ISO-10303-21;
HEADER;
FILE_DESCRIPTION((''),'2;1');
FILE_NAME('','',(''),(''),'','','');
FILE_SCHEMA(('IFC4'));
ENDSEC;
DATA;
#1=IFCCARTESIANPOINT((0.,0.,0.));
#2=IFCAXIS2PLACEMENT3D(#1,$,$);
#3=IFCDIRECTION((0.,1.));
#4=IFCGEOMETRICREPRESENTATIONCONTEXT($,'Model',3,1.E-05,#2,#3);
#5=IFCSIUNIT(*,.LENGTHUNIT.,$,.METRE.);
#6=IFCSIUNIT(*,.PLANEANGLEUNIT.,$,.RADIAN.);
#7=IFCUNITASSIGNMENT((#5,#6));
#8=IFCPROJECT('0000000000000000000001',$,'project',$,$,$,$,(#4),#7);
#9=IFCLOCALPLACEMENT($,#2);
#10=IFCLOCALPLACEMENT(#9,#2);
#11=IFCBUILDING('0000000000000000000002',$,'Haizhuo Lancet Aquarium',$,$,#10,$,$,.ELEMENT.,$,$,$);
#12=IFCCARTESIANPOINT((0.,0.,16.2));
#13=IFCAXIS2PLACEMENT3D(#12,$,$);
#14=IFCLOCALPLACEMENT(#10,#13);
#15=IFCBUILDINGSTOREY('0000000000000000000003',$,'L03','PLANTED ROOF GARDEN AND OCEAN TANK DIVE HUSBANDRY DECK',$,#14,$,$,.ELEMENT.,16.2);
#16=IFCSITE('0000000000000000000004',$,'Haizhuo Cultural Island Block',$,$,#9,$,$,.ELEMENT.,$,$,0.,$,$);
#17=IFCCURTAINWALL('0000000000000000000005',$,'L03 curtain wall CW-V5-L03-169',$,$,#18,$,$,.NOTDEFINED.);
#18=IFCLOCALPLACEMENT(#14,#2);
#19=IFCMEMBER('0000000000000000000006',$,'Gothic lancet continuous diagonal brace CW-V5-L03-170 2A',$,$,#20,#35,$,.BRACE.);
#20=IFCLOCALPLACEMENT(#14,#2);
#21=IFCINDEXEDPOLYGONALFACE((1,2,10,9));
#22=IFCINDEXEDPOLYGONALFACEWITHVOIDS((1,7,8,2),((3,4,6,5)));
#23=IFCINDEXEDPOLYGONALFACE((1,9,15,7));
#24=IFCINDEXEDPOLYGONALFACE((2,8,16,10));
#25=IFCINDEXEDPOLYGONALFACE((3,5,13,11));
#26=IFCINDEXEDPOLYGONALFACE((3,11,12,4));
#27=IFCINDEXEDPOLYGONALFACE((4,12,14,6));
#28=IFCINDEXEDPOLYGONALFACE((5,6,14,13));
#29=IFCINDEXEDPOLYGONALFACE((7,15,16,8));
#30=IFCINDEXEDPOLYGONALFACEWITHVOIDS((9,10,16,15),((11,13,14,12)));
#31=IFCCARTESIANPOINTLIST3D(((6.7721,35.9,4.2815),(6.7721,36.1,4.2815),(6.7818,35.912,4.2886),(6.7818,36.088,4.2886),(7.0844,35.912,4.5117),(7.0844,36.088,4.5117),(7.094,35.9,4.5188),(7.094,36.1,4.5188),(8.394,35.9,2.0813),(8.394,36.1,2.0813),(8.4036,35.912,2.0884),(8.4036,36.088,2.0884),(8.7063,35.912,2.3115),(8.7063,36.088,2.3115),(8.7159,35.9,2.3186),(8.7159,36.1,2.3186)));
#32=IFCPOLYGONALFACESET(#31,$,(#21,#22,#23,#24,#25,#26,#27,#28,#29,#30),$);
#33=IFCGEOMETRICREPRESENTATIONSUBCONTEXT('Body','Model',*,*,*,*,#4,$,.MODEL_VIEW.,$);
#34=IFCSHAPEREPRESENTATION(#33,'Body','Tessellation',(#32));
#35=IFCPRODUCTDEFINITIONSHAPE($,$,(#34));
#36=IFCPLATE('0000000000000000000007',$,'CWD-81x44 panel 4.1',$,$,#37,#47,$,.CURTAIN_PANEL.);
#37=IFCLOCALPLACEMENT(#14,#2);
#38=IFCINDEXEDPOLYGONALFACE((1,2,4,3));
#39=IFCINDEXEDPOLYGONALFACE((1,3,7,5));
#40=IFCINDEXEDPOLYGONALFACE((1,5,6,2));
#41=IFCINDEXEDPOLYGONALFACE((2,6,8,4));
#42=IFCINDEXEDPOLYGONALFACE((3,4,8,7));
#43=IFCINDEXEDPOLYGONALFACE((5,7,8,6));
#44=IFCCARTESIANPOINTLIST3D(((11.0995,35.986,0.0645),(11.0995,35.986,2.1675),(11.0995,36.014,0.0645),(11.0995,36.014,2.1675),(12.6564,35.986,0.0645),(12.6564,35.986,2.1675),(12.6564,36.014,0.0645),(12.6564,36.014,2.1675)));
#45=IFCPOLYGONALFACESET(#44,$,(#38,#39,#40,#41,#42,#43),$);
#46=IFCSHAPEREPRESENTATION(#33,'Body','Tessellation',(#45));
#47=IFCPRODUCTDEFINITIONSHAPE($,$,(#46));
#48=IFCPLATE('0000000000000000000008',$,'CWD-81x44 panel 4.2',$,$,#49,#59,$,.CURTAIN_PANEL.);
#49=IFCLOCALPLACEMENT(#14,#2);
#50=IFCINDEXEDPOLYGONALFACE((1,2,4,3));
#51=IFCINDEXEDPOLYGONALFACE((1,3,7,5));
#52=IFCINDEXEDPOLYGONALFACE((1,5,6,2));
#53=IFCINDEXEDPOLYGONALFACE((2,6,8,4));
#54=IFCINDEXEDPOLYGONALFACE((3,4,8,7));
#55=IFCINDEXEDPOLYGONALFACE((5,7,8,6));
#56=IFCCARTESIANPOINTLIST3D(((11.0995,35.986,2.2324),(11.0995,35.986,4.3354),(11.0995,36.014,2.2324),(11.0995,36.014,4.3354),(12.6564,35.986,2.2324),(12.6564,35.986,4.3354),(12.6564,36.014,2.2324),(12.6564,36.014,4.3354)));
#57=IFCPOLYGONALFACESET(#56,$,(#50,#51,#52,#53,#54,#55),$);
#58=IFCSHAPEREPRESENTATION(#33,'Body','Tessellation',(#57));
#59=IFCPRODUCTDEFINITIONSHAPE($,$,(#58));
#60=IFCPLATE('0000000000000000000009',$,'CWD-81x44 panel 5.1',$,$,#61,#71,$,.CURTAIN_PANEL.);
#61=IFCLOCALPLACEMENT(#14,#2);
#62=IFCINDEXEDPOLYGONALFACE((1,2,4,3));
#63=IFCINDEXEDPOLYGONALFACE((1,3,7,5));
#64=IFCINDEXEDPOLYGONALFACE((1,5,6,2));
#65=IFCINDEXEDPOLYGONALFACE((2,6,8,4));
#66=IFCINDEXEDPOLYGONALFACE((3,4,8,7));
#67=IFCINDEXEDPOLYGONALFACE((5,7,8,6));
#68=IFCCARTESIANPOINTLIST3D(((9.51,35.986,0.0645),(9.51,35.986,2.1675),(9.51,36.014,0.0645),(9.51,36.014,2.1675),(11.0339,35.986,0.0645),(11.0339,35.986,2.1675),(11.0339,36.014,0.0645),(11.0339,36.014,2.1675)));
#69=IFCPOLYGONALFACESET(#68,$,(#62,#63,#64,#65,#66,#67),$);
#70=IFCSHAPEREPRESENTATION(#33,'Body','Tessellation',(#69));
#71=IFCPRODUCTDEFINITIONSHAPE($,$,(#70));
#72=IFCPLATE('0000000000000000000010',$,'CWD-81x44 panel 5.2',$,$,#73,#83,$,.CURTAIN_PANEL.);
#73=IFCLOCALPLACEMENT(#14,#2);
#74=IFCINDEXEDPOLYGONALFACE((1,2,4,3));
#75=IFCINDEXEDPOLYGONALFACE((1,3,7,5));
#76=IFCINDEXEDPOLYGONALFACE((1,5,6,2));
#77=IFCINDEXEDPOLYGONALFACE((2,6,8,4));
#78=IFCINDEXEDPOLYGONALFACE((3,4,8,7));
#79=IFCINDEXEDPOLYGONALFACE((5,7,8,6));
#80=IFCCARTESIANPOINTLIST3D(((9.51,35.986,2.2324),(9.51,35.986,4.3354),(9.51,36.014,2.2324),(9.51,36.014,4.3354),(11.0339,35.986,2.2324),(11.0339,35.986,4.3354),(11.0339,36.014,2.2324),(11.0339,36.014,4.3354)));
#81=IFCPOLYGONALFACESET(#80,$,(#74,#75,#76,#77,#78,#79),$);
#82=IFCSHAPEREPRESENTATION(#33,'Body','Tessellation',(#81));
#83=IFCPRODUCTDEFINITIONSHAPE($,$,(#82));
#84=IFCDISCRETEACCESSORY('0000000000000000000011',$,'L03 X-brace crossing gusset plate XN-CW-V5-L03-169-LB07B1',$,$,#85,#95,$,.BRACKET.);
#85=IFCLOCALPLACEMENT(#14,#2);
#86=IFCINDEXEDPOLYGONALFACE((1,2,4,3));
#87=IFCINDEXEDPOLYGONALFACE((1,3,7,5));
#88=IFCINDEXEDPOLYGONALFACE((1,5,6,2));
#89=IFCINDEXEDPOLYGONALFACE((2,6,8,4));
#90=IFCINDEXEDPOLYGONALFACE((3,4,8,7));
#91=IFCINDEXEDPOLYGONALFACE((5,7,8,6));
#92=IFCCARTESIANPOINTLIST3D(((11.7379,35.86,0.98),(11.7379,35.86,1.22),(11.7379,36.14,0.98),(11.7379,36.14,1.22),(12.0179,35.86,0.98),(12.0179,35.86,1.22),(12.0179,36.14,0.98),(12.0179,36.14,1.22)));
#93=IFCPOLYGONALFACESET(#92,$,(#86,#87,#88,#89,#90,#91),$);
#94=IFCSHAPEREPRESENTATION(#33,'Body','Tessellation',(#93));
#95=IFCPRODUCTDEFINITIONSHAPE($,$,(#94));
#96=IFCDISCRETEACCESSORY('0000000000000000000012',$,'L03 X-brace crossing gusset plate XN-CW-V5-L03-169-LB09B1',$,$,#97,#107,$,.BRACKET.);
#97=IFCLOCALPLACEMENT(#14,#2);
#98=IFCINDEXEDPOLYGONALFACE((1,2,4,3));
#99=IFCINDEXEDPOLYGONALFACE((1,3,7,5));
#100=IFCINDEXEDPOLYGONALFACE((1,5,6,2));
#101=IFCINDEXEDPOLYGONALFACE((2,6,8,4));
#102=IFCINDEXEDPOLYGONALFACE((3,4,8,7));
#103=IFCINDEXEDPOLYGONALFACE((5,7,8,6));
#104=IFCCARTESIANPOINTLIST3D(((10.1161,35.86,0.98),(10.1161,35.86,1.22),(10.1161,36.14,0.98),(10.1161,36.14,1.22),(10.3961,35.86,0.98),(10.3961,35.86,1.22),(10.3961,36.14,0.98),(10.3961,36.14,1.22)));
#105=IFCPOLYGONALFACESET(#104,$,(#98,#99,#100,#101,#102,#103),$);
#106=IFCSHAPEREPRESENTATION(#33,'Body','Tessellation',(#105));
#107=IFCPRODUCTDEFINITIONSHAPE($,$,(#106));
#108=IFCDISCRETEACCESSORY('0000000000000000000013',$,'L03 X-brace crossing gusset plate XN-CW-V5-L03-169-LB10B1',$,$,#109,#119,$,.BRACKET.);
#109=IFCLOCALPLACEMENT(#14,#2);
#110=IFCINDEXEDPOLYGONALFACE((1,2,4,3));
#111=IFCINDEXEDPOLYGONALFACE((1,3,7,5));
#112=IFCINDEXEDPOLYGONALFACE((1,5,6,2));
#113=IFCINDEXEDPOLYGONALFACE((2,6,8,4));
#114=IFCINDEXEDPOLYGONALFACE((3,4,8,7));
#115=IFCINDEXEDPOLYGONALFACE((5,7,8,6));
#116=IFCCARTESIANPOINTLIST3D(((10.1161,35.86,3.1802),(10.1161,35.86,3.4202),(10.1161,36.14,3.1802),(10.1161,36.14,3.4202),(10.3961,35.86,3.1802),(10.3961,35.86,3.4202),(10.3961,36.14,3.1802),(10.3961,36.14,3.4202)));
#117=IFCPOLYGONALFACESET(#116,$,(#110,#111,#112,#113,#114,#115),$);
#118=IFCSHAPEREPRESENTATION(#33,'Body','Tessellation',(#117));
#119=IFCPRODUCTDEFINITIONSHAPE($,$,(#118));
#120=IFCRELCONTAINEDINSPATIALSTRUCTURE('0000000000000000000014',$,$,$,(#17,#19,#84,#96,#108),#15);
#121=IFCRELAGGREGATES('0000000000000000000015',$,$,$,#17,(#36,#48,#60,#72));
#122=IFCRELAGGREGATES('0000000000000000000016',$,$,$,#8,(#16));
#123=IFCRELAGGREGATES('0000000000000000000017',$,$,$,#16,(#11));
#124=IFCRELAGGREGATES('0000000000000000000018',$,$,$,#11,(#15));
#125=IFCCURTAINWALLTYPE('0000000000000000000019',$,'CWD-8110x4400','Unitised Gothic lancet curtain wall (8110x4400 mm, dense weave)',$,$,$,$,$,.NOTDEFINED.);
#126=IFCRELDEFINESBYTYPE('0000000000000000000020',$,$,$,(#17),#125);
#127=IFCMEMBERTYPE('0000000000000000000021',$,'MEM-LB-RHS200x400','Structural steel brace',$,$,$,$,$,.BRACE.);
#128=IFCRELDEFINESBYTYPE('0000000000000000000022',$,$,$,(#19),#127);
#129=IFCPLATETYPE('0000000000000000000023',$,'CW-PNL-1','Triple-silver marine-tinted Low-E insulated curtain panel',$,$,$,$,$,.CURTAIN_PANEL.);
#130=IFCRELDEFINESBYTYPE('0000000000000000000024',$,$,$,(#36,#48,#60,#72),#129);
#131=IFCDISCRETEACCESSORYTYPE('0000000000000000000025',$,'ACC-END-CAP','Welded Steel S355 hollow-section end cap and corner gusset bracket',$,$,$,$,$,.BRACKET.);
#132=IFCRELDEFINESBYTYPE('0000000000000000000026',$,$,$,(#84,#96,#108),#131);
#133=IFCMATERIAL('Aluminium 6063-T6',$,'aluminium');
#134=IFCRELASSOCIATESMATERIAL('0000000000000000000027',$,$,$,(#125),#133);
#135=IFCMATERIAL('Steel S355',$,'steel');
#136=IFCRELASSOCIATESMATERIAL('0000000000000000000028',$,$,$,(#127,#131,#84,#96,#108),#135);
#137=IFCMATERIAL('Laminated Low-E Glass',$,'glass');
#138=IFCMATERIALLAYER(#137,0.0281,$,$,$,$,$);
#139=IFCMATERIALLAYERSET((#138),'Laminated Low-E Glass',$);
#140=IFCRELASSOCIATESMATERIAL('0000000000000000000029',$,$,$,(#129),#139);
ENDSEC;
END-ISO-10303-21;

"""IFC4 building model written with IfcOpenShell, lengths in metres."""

from ifc_helpers import new_model, si_unit, direction, frame, origin, origin_2d, place, context, subcontext, project, spatial, rectangle, hollow_rectangle, extrude, material, layer, layer_set, material_profile, profile_set, type_object, element, aggregate, save


model = new_model("IFC4")

# Units and contexts
model_context = context("Model", 3, precision=1e-05, world=origin(), true_north=direction((0.0, 1.0)))
body_context = subcontext(model_context, "Body", "Model", "MODEL_VIEW")
ifc_project = project(units=[si_unit("LENGTHUNIT", "METRE"), si_unit("PLANEANGLEUNIT", "RADIAN")], contexts=[model_context])

# Site, building, storey
site_placement = place(None, origin())
site = spatial("IfcSite", under=ifc_project, at=site_placement, Name="Haizhuo Cultural Island Block", CompositionType="ELEMENT", RefElevation=0.0)
building_placement = place(site_placement, origin())
building = spatial("IfcBuilding", under=site, at=building_placement, Name="Haizhuo Lancet Aquarium", CompositionType="ELEMENT")
storey_placement = place(building_placement, frame((0.0, 0.0, 16.2)))
storey = spatial("IfcBuildingStorey", under=building, at=storey_placement, Name="L03", Description="PLANTED ROOF GARDEN AND OCEAN TANK DIVE HUSBANDRY DECK", CompositionType="ELEMENT", Elevation=16.2)

# Curtain wall
ifc_material_1 = material(Name="Aluminium 6063-T6", Category="aluminium")
curtain_wall_type = type_object("IfcCurtainWallType", Name="CWD-8110x4400", Description="Unitised Gothic lancet curtain wall (8110x4400 mm, dense weave)", PredefinedType="NOTDEFINED", material=ifc_material_1)
curtain_wall_1_placement = place(storey_placement, origin())
curtain_wall_1 = element("IfcCurtainWall", 1, at=curtain_wall_1_placement, inside=storey, type_object=curtain_wall_type, Name="L03 curtain wall CW-V5-L03-169", PredefinedType="NOTDEFINED")

# Member
ifc_material_2 = material(Name="Steel S355", Category="steel")
ifc_material_profile_1 = material_profile(ifc_material_2, hollow_rectangle(XDim=0.2, YDim=0.3999, WallThickness=0.012, at=origin_2d()), Name="RHS 200x400x12")
ifc_profile_set_1 = profile_set([ifc_material_profile_1], Name="Steel S355")
member_type_1 = type_object("IfcMemberType", Name="MEM-LB-RHS200x400", Description="Structural steel brace", PredefinedType="BRACE", material=ifc_profile_set_1)
member_1_placement = place(storey_placement, frame((8.5549, 36.0, 2.2), z_axis=(-0.593348, 0.0, 0.804946), x_axis=(0.0, -1.0, 0.0)))
element("IfcMember", 2, at=member_1_placement, inside=storey, type_object=member_type_1, Name="Gothic lancet continuous diagonal brace CW-V5-L03-170 2A", PredefinedType="BRACE", context=body_context, shape_type="SweptSolid", body=[
    extrude(hollow_rectangle(XDim=0.2, YDim=0.3999, WallThickness=0.012, at=origin_2d()), origin(), (0.0, 0.0, 1.0), 2.7334),
])

# Plates
ifc_material_3 = material(Name="Laminated Low-E Glass", Category="glass")
ifc_layer = layer(ifc_material_3, 0.0281)
ifc_layer_set = layer_set([ifc_layer], Name="Laminated Low-E Glass")
plate_type = type_object("IfcPlateType", Name="CW-PNL-1", Description="Triple-silver marine-tinted Low-E insulated curtain panel", PredefinedType="CURTAIN_PANEL", material=ifc_layer_set)
plate_1_placement = place(storey_placement, frame((11.8779, 36.0, 0.0645), z_axis=(0.0, 0.0, 1.0), x_axis=(-1.0, 0.0, 0.0)))
plate_1 = element("IfcPlate", 3, at=plate_1_placement, type_object=plate_type, Name="CWD-81x44 panel 4.1", PredefinedType="CURTAIN_PANEL", context=body_context, shape_type="SweptSolid", body=[
    extrude(rectangle(XDim=1.5569, YDim=0.0281, at=origin_2d()), origin(), (0.0, 0.0, 1.0), 2.103),
])
plate_2_placement = place(storey_placement, frame((11.8779, 36.0, 2.2324), z_axis=(0.0, 0.0, 1.0), x_axis=(-1.0, 0.0, 0.0)))
plate_2 = element("IfcPlate", 4, at=plate_2_placement, type_object=plate_type, Name="CWD-81x44 panel 4.2", PredefinedType="CURTAIN_PANEL", context=body_context, shape_type="SweptSolid", body=[
    extrude(rectangle(XDim=1.5569, YDim=0.0281, at=origin_2d()), origin(), (0.0, 0.0, 1.0), 2.103),
])
plate_3_placement = place(storey_placement, frame((10.272, 36.0, 0.0645), z_axis=(0.0, 0.0, 1.0), x_axis=(-1.0, 0.0, 0.0)))
plate_3 = element("IfcPlate", 5, at=plate_3_placement, type_object=plate_type, Name="CWD-81x44 panel 5.1", PredefinedType="CURTAIN_PANEL", context=body_context, shape_type="SweptSolid", body=[
    extrude(rectangle(XDim=1.5239, YDim=0.0281, at=origin_2d()), origin(), (0.0, 0.0, 1.0), 2.103),
])
plate_4_placement = place(storey_placement, frame((10.272, 36.0, 2.2324), z_axis=(0.0, 0.0, 1.0), x_axis=(-1.0, 0.0, 0.0)))
plate_4 = element("IfcPlate", 6, at=plate_4_placement, type_object=plate_type, Name="CWD-81x44 panel 5.2", PredefinedType="CURTAIN_PANEL", context=body_context, shape_type="SweptSolid", body=[
    extrude(rectangle(XDim=1.5239, YDim=0.0281, at=origin_2d()), origin(), (0.0, 0.0, 1.0), 2.103),
])
aggregate(curtain_wall_1, [plate_1, plate_2, plate_3, plate_4])

# Discrete accessories
discrete_accessory_type = type_object("IfcDiscreteAccessoryType", Name="ACC-END-CAP", Description="Welded Steel S355 hollow-section end cap and corner gusset bracket", PredefinedType="BRACKET", material=ifc_material_2)
for number, where, z_axis, x_axis, name in (
    (7, (11.8779, 36.0, 0.98), (0.0, 0.0, 1.0), (1.0, 0.0, 0.0), "L03 X-brace crossing gusset plate XN-CW-V5-L03-169-LB07B1"),
    (8, (10.2561, 36.0, 0.98), (0.0, 0.0, 1.0), (1.0, 0.0, 0.0), "L03 X-brace crossing gusset plate XN-CW-V5-L03-169-LB09B1"),
    (9, (10.2561, 36.0, 3.1802), (0.0, 0.0, 1.0), (1.0, 0.0, 0.0), "L03 X-brace crossing gusset plate XN-CW-V5-L03-169-LB10B1"),
):
    element("IfcDiscreteAccessory", number, at=place(storey_placement, frame(where, z_axis=z_axis, x_axis=x_axis)), inside=storey, type_object=discrete_accessory_type, material=ifc_material_2, Name=name, PredefinedType="BRACKET", context=body_context, shape_type="SweptSolid", body=[
        extrude(rectangle(XDim=0.28, YDim=0.28, at=origin_2d()), origin(), (0.0, 0.0, 1.0), 0.24),
    ])

save(model, "model.ifc")
